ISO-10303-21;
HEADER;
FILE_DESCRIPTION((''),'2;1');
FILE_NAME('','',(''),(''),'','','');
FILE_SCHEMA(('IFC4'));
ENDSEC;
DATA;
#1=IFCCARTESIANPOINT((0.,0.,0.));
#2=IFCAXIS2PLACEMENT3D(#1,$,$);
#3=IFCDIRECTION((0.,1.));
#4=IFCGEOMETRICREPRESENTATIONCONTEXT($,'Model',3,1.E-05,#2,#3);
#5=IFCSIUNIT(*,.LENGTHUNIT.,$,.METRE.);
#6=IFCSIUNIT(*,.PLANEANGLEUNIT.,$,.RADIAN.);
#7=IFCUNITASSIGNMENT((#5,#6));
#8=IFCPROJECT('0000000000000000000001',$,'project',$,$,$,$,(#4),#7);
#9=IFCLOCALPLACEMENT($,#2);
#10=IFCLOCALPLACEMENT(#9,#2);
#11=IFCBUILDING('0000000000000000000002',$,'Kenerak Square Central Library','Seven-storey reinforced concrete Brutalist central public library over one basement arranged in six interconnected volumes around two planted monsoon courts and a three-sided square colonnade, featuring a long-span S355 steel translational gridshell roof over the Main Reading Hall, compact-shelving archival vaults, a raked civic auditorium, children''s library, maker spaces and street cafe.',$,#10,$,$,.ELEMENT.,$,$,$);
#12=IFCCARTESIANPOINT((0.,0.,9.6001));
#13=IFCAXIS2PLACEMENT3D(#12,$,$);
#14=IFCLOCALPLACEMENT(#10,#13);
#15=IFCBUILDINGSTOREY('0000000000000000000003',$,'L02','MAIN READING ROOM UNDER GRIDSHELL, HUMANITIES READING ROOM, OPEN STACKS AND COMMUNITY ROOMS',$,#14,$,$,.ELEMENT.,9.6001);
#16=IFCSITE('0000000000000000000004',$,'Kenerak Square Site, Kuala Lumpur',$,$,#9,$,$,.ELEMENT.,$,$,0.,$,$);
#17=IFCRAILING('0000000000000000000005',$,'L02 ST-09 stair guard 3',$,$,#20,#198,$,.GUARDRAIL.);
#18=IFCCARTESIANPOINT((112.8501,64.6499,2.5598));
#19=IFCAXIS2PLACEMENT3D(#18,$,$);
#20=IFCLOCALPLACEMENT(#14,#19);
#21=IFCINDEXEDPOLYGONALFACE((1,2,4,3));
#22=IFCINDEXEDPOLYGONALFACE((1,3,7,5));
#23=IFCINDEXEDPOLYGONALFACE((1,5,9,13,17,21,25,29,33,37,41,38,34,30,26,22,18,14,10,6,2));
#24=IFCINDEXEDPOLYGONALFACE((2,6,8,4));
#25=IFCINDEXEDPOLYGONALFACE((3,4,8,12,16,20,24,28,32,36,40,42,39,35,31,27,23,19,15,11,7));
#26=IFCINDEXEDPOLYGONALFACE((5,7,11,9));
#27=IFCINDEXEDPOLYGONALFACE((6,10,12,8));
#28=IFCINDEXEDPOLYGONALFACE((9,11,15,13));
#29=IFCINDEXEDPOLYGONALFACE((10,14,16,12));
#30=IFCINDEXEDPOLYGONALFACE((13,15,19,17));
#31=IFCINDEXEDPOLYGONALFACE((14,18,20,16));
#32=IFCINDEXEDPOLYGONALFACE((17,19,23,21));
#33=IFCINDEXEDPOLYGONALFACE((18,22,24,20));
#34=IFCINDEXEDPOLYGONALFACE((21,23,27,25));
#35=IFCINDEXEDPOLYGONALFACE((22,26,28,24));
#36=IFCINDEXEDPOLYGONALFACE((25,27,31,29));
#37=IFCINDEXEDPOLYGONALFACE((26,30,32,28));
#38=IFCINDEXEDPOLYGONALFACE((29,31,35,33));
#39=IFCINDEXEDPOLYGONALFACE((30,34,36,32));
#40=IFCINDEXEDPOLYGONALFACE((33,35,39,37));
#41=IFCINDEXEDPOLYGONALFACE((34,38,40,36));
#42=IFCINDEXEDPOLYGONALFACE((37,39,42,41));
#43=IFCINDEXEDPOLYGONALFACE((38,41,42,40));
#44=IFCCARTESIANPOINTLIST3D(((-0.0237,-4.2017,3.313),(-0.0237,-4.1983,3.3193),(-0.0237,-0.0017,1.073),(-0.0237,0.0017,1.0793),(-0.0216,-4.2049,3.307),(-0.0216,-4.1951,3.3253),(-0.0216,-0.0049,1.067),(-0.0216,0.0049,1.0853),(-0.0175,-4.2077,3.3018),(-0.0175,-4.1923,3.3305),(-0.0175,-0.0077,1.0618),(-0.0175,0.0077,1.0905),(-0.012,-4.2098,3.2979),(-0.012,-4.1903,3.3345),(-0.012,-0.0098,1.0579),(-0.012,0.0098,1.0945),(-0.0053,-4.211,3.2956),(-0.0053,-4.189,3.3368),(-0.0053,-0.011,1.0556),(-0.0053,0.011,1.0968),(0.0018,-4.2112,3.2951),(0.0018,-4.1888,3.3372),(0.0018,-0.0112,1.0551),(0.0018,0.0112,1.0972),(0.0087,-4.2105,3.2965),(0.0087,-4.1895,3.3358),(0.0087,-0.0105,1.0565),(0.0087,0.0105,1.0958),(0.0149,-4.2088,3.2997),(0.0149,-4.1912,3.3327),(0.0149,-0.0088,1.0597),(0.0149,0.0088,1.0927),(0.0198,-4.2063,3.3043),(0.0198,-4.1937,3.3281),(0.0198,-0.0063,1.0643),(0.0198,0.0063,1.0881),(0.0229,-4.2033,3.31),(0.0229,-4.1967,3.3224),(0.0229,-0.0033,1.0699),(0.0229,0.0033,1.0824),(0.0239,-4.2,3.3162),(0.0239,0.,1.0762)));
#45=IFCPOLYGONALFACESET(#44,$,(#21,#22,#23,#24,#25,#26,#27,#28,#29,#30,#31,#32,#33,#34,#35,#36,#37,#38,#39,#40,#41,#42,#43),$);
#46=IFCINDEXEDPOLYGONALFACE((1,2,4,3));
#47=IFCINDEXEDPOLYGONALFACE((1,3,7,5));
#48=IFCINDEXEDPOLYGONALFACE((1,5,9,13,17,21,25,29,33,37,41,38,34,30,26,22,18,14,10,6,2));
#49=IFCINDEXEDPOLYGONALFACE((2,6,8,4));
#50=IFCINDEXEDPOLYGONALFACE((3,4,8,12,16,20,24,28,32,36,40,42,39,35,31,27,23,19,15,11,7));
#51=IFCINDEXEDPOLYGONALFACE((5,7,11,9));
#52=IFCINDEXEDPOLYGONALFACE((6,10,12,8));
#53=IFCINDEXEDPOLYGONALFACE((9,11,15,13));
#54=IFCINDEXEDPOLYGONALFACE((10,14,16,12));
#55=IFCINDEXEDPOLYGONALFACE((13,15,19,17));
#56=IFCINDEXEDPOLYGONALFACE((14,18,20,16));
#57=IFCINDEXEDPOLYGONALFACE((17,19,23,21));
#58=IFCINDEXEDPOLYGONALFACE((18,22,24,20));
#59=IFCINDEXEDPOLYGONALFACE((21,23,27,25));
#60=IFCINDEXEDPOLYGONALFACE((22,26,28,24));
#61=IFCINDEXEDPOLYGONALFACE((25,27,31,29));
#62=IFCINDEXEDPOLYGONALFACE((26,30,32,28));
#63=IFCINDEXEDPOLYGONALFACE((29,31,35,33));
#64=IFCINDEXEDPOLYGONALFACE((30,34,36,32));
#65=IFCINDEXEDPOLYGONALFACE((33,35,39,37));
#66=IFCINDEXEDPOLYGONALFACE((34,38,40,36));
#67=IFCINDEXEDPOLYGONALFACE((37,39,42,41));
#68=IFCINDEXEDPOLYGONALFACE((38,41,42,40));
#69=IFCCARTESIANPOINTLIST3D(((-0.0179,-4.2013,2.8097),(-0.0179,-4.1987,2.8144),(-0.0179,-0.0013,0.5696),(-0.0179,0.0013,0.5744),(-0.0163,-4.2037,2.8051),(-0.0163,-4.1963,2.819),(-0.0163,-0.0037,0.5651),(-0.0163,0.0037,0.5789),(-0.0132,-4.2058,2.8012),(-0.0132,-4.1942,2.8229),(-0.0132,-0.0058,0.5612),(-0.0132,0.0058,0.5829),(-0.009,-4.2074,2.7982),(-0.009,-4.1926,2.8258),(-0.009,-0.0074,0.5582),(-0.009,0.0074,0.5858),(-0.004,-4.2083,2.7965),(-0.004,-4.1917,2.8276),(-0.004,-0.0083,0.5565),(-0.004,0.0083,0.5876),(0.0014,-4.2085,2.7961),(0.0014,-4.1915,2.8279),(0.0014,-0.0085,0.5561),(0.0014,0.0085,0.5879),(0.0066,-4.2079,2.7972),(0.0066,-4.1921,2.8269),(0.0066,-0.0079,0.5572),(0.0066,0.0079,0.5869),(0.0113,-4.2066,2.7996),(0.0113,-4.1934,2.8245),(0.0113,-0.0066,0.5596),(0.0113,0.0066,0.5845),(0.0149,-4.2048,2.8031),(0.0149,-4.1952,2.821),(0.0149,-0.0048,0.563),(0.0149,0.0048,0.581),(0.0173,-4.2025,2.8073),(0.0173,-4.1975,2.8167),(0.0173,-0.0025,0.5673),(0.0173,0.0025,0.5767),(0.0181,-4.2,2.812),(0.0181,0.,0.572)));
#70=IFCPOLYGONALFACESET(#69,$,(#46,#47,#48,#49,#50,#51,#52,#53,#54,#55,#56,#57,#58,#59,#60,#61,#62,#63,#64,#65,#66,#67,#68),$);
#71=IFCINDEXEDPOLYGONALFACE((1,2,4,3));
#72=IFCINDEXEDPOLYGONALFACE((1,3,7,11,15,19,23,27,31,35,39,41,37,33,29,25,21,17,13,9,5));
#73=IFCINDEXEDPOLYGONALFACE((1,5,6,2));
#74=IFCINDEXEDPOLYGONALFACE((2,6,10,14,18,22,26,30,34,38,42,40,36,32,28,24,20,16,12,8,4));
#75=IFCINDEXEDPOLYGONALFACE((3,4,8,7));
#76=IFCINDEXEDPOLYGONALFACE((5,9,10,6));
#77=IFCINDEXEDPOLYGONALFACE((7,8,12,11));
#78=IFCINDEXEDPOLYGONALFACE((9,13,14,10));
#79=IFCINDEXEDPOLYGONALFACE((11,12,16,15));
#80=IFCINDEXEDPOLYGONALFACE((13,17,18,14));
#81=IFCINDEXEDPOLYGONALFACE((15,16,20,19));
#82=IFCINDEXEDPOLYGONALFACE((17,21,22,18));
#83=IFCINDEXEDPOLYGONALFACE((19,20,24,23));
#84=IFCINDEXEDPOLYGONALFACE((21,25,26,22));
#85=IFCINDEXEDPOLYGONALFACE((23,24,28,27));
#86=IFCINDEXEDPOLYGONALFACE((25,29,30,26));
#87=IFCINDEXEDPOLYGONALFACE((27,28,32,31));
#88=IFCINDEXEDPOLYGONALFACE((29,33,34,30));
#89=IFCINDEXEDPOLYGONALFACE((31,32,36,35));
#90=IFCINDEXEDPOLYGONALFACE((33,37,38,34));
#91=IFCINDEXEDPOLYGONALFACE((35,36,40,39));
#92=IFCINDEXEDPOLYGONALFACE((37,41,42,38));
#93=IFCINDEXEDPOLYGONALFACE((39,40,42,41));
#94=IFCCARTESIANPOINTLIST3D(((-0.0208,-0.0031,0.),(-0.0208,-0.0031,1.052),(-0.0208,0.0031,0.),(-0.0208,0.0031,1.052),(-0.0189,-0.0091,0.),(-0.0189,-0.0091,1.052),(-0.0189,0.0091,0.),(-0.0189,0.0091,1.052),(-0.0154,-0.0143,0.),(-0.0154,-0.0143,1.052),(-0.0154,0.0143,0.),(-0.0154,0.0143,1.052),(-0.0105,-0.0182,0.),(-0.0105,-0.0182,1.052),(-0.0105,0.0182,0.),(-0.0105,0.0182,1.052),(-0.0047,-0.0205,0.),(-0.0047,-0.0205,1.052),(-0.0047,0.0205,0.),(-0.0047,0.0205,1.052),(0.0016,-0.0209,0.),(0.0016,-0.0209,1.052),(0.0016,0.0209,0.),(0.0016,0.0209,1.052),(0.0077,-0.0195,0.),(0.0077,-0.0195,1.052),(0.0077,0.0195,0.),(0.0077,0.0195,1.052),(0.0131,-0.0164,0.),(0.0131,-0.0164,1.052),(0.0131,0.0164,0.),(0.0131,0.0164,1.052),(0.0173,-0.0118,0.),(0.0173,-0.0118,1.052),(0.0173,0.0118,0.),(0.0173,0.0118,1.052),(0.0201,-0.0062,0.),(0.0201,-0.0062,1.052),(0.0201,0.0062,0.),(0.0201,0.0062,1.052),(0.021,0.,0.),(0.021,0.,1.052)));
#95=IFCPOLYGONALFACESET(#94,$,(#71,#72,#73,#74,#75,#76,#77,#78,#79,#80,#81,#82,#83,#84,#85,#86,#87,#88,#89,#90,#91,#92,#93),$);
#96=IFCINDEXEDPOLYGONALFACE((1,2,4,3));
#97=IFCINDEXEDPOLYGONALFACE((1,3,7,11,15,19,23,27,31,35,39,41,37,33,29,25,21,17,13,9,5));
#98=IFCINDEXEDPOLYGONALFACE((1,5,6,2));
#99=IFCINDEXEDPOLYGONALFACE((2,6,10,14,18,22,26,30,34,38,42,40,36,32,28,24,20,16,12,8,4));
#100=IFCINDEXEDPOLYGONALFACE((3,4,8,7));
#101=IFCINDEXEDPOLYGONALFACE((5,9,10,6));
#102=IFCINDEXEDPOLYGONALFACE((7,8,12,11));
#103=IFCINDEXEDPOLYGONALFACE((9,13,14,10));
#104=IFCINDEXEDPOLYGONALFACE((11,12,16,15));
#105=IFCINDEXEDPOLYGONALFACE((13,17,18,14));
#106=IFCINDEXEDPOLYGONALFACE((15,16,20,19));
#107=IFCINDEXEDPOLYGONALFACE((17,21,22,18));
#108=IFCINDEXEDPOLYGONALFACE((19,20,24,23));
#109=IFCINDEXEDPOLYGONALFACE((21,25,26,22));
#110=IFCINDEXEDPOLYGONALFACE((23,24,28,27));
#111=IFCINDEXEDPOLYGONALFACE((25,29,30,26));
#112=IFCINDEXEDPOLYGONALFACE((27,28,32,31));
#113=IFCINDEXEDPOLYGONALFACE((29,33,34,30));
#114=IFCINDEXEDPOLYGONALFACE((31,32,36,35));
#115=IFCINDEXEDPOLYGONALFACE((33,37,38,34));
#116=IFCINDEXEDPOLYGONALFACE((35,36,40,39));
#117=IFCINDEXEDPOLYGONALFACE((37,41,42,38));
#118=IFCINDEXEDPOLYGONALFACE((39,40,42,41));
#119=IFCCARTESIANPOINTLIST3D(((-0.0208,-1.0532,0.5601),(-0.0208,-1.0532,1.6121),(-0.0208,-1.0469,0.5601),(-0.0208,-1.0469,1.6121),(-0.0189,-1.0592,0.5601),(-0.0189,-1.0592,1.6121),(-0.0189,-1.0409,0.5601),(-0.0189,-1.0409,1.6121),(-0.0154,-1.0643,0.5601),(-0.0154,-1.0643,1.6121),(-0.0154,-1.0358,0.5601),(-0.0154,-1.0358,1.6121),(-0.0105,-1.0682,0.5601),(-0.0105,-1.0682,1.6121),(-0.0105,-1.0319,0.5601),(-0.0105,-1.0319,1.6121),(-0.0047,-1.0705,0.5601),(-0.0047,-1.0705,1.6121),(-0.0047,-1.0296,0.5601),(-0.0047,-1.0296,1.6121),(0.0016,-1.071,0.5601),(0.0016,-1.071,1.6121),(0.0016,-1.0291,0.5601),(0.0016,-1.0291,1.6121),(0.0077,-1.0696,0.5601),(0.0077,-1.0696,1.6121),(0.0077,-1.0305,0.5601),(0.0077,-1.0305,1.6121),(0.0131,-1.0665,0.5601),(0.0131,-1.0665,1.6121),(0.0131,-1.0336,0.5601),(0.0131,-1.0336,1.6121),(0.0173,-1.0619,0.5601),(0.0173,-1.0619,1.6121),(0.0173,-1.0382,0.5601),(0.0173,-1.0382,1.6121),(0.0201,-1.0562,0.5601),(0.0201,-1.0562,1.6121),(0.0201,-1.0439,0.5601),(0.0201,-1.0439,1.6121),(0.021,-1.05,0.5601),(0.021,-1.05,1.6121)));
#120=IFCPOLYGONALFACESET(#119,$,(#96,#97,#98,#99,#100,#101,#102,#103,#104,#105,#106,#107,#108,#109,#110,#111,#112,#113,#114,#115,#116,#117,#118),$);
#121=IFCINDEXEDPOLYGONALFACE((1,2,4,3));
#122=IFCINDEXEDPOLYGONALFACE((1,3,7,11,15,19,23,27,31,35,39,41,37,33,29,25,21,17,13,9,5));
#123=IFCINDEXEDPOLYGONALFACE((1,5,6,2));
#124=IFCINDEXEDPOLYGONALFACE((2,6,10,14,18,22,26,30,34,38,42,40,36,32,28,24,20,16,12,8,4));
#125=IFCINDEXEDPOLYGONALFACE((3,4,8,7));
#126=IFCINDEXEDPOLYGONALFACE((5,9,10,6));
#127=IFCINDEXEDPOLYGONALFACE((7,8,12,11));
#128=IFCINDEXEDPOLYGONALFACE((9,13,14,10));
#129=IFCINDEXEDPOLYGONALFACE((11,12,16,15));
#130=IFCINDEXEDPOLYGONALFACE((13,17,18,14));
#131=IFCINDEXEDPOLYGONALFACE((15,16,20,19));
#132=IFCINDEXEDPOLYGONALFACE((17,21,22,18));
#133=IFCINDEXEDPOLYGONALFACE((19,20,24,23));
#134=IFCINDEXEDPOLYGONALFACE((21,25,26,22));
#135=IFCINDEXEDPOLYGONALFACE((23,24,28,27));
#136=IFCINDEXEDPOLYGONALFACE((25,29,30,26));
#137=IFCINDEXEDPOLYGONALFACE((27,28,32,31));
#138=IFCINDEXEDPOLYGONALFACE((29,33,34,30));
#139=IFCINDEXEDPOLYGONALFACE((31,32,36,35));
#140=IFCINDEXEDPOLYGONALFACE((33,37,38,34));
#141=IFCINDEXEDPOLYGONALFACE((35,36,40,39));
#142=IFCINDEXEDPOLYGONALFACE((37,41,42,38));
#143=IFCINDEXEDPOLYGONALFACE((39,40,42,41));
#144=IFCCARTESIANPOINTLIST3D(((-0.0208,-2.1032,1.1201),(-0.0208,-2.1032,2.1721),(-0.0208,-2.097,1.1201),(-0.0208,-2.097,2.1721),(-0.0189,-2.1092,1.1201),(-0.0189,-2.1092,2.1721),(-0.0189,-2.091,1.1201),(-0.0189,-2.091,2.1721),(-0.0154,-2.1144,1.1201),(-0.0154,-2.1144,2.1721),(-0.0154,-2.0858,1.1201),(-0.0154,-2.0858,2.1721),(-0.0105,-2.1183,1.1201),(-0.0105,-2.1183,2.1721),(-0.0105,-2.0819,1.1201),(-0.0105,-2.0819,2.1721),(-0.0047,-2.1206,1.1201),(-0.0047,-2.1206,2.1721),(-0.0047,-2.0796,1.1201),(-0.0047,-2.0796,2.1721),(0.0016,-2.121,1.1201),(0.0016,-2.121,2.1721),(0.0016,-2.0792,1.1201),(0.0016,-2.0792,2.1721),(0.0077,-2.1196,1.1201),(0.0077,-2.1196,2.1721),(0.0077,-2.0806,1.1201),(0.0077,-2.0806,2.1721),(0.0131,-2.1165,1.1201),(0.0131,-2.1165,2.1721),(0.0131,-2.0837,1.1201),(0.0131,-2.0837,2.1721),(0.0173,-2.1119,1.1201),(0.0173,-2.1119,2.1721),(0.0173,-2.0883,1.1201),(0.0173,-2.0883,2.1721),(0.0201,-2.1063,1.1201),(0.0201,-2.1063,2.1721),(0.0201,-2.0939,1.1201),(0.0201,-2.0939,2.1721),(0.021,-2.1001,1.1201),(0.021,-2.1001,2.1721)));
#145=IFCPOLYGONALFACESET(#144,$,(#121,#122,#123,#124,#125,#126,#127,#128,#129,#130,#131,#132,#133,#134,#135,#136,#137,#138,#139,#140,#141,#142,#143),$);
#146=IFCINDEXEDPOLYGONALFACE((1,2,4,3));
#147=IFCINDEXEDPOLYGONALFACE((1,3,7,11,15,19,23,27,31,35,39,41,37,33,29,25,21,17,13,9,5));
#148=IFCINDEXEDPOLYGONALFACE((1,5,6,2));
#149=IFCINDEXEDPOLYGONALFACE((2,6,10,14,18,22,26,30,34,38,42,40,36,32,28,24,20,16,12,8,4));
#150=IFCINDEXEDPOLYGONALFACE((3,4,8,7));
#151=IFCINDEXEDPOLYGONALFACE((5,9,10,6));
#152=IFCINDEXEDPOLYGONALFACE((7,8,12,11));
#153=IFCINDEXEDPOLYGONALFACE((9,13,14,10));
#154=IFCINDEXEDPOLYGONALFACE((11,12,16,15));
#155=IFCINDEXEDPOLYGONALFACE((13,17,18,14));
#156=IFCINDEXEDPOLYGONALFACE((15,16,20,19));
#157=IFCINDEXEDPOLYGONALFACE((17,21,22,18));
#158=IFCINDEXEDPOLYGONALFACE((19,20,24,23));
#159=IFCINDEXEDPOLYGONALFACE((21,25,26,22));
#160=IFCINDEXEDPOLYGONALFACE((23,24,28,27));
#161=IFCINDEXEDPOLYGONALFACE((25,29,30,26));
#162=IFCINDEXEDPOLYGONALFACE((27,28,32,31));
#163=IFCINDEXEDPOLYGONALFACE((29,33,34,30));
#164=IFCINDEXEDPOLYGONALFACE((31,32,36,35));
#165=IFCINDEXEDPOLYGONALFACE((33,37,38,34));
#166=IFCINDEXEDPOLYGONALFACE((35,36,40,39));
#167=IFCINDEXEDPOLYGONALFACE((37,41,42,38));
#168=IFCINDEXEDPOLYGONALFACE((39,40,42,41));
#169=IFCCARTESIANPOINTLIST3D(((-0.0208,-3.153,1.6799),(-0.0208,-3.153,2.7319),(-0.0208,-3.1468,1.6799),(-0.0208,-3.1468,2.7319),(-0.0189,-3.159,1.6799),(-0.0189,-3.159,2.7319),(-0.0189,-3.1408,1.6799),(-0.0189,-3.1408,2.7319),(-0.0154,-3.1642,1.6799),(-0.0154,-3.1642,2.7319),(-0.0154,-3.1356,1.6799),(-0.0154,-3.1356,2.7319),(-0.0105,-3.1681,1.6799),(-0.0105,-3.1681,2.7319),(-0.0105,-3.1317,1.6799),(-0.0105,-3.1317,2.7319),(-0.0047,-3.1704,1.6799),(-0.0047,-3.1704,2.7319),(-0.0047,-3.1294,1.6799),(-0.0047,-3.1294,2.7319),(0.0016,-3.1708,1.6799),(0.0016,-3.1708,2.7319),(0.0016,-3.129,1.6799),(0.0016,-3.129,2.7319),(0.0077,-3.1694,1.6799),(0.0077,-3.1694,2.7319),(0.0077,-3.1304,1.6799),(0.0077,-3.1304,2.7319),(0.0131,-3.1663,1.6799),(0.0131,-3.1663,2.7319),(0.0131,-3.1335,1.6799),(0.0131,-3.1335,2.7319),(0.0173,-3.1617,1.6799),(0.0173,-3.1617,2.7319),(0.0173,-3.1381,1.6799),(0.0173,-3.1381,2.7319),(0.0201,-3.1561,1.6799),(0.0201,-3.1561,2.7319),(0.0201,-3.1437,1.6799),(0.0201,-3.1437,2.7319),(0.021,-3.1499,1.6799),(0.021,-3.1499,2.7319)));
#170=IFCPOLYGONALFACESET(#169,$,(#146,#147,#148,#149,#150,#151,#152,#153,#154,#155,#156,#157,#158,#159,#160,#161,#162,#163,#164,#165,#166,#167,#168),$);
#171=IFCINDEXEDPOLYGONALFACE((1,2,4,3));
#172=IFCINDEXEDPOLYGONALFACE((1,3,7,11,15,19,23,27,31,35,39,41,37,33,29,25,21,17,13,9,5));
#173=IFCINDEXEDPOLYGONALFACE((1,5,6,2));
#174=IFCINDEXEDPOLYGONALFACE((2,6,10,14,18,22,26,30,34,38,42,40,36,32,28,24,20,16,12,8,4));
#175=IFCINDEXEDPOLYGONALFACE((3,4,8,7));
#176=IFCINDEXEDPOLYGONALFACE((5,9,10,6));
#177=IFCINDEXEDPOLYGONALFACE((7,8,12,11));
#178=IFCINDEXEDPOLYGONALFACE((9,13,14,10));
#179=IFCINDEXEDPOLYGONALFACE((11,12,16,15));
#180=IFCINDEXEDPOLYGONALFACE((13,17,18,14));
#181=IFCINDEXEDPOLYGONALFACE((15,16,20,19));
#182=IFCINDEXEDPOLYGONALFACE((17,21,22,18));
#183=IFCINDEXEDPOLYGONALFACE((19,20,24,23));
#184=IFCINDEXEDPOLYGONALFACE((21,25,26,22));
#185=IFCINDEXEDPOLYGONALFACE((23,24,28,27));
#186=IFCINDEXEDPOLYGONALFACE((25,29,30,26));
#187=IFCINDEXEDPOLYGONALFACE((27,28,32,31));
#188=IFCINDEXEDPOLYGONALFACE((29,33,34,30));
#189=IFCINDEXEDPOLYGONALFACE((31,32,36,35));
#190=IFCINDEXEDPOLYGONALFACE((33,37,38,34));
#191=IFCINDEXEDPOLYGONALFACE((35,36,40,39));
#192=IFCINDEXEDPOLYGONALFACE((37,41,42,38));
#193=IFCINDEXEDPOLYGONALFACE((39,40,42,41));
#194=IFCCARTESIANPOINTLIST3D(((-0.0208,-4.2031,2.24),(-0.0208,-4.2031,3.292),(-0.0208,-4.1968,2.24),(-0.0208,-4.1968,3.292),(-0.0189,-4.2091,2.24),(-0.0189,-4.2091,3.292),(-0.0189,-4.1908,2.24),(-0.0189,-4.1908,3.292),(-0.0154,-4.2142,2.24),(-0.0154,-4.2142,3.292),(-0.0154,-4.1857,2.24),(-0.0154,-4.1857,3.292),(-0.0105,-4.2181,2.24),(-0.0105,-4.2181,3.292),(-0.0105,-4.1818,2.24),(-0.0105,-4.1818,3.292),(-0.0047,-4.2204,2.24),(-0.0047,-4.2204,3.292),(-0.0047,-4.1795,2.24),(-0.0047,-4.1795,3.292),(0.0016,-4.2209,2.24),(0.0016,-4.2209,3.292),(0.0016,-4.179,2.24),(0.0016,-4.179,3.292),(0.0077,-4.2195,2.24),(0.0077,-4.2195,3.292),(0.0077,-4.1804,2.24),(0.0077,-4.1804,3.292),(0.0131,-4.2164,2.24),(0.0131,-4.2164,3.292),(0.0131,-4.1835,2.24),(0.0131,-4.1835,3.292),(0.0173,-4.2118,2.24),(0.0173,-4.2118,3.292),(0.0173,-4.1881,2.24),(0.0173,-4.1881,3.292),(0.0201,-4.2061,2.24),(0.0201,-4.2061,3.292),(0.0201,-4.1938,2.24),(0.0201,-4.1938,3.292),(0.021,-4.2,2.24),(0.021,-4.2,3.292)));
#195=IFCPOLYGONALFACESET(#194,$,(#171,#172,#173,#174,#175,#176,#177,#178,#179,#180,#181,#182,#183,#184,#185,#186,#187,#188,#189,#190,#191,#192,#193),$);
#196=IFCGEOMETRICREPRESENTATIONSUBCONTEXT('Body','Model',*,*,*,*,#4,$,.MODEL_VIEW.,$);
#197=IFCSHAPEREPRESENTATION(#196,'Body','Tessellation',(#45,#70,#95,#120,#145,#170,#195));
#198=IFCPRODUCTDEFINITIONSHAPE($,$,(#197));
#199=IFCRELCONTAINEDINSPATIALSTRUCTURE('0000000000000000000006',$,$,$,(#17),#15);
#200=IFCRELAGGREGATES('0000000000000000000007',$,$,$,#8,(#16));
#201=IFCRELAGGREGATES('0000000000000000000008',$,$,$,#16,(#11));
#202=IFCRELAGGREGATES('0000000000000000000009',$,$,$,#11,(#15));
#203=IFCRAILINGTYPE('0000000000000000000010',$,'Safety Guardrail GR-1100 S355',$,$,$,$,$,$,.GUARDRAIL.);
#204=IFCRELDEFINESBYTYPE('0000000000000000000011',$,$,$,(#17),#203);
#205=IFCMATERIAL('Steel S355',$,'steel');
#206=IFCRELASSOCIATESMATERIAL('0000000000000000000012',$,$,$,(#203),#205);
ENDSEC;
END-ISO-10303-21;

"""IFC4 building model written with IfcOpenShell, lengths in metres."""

from ifc_helpers import new_model, si_unit, direction, frame, origin, origin_2d, place, context, subcontext, project, spatial, circle, extrude, material, type_object, element, save


model = new_model("IFC4")

# Units and contexts
model_context = context("Model", 3, precision=1e-05, world=origin(), true_north=direction((0.0, 1.0)))
body_context = subcontext(model_context, "Body", "Model", "MODEL_VIEW")
ifc_project = project(units=[si_unit("LENGTHUNIT", "METRE"), si_unit("PLANEANGLEUNIT", "RADIAN")], contexts=[model_context])

# Site, building, storey
site_placement = place(None, origin())
site = spatial("IfcSite", under=ifc_project, at=site_placement, Name="Kenerak Square Site, Kuala Lumpur", CompositionType="ELEMENT", RefElevation=0.0)
building_placement = place(site_placement, origin())
building = spatial("IfcBuilding", under=site, at=building_placement, Name="Kenerak Square Central Library", Description="Seven-storey reinforced concrete Brutalist central public library over one basement arranged in six interconnected volumes around two planted monsoon courts and a three-sided square colonnade, featuring a long-span S355 steel translational gridshell roof over the Main Reading Hall, compact-shelving archival vaults, a raked civic auditorium, children's library, maker spaces and street cafe.", CompositionType="ELEMENT")
storey_placement = place(building_placement, frame((0.0, 0.0, 9.6001)))
storey = spatial("IfcBuildingStorey", under=building, at=storey_placement, Name="L02", Description="MAIN READING ROOM UNDER GRIDSHELL, HUMANITIES READING ROOM, OPEN STACKS AND COMMUNITY ROOMS", CompositionType="ELEMENT", Elevation=9.6001)

# Shared definitions
ifc_material_1 = material(Name="Steel S355", Category="steel")

# Railing
railing_type_1 = type_object("IfcRailingType", Name="Safety Guardrail GR-1100 S355", PredefinedType="GUARDRAIL", material=ifc_material_1)
railing_1_placement = place(storey_placement, frame((112.8501, 64.6499, 2.5598)))
element("IfcRailing", 1, at=railing_1_placement, inside=storey, type_object=railing_type_1, Name="L02 ST-09 stair guard 3", PredefinedType="GUARDRAIL", context=body_context, shape_type="SweptSolid", body=[
    extrude(circle(Radius=0.0239, at=origin_2d()), frame((0.0, 0.0, 1.0762), z_axis=(0.0, -0.882352, 0.470591), x_axis=(1.0, 0.0, 0.0)), (0.0, 0.0, 1.0), 4.76),
    extrude(circle(Radius=0.0181, at=origin_2d()), frame((0.0, 0.0, 0.572), z_axis=(0.0, -0.882352, 0.470591), x_axis=(1.0, 0.0, 0.0)), (0.0, 0.0, 1.0), 4.76),
    extrude(circle(Radius=0.021, at=origin_2d()), origin(), (0.0, 0.0, 1.0), 1.052),
    extrude(circle(Radius=0.021, at=origin_2d()), frame((0.0, -1.05, 0.5601)), (0.0, 0.0, 1.0), 1.052),
    extrude(circle(Radius=0.021, at=origin_2d()), frame((0.0, -2.1001, 1.1201)), (0.0, 0.0, 1.0), 1.052),
    extrude(circle(Radius=0.021, at=origin_2d()), frame((0.0, -3.1499, 1.6799)), (0.0, 0.0, 1.0), 1.052),
    extrude(circle(Radius=0.021, at=origin_2d()), frame((0.0, -4.2, 2.24)), (0.0, 0.0, 1.0), 1.052),
])

save(model, "model.ifc")
